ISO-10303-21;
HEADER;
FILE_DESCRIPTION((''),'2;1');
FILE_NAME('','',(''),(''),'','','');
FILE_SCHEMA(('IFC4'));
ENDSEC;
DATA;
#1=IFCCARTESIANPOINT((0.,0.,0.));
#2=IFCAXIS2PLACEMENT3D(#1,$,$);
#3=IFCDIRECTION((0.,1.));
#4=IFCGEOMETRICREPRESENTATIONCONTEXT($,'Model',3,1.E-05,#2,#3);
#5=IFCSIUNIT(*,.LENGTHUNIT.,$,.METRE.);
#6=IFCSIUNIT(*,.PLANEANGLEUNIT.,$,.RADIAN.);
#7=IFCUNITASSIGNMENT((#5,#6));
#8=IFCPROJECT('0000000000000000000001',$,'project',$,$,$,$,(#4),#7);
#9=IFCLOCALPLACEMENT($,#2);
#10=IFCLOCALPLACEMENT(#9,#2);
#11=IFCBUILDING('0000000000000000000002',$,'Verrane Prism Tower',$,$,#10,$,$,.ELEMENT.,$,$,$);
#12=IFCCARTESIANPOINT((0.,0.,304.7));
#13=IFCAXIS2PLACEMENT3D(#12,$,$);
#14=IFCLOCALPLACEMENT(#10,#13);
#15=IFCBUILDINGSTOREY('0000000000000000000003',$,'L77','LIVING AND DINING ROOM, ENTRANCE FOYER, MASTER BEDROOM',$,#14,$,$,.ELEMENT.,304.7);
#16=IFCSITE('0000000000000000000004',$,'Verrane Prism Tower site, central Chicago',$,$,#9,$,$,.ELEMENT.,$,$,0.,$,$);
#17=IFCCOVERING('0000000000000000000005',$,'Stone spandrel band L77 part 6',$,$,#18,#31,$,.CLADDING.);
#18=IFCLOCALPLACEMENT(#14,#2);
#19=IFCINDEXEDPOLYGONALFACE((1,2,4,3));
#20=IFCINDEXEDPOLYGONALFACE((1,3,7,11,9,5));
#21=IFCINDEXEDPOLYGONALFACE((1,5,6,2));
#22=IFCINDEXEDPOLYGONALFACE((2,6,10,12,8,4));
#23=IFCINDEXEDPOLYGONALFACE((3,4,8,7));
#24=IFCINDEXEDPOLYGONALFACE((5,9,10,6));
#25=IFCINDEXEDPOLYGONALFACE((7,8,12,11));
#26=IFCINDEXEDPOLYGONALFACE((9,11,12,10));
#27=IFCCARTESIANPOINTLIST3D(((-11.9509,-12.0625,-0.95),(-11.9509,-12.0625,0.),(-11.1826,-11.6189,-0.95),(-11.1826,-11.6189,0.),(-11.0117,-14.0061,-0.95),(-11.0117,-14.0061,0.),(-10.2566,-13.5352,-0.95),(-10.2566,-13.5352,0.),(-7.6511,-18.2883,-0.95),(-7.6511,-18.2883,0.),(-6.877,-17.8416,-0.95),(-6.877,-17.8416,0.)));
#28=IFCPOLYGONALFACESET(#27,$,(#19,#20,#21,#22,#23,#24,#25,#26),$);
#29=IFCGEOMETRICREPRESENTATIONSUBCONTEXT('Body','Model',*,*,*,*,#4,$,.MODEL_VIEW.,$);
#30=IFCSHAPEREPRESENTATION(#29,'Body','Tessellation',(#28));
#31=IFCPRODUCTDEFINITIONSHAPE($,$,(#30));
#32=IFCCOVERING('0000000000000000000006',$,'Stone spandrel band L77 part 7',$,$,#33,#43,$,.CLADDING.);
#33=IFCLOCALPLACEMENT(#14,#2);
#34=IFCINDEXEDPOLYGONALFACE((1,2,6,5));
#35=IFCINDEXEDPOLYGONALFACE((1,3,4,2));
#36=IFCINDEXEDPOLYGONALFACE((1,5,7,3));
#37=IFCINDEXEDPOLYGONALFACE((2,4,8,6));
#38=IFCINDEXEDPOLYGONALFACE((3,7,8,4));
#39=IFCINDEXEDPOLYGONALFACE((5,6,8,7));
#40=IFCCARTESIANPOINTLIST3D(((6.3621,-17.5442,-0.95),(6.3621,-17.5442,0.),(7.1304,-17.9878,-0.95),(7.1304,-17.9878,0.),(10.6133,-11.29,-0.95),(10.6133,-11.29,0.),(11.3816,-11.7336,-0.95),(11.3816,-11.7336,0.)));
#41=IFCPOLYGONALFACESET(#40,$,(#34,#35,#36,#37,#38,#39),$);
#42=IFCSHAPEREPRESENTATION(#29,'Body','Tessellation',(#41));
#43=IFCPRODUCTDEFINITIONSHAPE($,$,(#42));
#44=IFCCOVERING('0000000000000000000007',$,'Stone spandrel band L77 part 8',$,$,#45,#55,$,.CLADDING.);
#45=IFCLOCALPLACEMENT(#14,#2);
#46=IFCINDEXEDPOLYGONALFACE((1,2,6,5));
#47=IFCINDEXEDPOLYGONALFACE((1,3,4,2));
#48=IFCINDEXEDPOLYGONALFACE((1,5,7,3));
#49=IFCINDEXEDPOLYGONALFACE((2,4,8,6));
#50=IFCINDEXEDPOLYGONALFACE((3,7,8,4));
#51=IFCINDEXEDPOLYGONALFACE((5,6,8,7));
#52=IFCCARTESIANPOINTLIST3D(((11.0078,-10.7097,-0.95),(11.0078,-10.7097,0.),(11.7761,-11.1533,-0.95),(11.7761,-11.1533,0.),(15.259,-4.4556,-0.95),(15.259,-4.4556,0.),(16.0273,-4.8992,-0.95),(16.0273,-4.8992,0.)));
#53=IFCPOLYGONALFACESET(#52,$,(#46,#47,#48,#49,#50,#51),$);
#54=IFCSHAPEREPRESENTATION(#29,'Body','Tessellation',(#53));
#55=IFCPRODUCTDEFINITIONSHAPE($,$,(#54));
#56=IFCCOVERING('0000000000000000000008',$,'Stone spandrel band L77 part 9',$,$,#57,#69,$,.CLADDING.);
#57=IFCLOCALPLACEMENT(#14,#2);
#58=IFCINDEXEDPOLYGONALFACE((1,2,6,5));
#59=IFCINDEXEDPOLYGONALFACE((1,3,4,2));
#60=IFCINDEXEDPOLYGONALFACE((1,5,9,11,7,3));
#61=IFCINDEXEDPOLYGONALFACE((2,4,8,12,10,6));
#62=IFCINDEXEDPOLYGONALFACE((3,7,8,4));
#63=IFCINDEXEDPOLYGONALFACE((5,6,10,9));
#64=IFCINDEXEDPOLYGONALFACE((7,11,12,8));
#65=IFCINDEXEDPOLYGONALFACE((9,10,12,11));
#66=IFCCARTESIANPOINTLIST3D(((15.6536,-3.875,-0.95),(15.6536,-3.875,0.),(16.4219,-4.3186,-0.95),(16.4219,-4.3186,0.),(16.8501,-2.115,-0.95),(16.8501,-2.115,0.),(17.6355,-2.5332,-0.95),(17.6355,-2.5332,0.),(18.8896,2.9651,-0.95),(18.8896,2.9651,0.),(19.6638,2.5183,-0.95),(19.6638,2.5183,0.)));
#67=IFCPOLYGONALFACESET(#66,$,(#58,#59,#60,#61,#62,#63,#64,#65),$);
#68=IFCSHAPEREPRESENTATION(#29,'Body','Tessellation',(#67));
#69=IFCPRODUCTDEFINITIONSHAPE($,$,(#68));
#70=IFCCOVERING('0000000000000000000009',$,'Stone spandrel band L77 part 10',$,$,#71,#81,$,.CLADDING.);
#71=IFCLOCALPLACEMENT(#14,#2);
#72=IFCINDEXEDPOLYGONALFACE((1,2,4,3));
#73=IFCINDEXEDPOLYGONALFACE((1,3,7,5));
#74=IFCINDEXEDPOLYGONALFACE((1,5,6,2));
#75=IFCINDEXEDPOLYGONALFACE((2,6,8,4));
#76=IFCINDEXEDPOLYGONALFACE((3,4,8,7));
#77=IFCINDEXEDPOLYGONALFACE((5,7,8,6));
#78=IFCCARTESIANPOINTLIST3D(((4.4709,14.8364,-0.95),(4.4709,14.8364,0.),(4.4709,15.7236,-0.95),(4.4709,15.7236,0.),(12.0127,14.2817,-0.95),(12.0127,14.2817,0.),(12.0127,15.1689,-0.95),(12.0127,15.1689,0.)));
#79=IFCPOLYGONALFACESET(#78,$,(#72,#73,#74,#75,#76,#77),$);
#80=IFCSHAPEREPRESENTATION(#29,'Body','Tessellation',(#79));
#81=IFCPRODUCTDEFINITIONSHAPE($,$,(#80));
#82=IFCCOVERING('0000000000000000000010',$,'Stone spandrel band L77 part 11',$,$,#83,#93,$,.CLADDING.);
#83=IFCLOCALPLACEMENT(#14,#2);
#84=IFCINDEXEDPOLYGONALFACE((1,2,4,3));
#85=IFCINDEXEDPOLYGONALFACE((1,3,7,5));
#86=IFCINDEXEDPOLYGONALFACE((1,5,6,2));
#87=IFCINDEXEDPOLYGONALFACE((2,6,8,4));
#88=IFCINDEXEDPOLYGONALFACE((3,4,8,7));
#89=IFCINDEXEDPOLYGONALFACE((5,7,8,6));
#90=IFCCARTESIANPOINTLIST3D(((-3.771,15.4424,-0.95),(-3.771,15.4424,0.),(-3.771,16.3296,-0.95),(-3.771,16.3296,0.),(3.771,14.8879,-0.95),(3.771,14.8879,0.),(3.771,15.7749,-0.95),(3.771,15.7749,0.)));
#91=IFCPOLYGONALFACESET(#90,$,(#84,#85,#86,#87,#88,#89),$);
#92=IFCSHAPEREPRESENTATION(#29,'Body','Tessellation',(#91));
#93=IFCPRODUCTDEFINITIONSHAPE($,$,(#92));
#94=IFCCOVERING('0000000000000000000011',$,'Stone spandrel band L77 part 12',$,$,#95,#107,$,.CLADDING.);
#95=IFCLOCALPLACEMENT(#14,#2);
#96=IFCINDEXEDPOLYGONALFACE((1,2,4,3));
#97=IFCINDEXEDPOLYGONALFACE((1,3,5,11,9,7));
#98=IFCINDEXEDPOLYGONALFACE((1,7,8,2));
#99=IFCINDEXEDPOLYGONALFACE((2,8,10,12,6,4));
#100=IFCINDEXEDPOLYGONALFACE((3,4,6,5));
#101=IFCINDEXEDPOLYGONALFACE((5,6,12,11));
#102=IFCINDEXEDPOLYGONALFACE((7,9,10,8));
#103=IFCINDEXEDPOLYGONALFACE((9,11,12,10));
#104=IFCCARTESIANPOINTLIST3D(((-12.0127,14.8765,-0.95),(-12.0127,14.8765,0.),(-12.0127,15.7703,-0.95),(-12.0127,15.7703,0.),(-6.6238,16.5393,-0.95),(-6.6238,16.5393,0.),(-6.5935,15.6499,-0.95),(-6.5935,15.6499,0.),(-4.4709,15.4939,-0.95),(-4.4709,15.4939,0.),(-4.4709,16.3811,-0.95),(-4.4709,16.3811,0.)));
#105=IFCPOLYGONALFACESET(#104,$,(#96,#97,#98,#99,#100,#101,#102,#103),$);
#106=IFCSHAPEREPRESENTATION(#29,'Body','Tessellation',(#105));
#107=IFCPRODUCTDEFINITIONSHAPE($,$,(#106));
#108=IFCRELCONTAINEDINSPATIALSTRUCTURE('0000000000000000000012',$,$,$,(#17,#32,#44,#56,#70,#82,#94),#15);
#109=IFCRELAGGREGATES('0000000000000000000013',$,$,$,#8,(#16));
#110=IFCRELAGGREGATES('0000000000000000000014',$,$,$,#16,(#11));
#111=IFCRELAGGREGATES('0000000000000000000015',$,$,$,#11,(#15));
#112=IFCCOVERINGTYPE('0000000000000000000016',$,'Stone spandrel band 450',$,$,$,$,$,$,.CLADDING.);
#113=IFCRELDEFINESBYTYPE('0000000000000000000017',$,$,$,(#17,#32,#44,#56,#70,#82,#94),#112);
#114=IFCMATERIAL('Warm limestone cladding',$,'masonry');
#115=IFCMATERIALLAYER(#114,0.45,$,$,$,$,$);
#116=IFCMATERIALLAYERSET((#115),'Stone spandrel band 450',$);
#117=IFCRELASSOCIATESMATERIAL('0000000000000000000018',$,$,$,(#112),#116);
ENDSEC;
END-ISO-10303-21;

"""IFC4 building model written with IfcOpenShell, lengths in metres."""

from ifc_helpers import new_model, si_unit, direction, frame, origin, place, context, subcontext, project, spatial, polyline, outline, extrude, material, layer, layer_set, type_object, element, save


model = new_model("IFC4")

# Units and contexts
model_context = context("Model", 3, precision=1e-05, world=origin(), true_north=direction((0.0, 1.0)))
body_context = subcontext(model_context, "Body", "Model", "MODEL_VIEW")
ifc_project = project(units=[si_unit("LENGTHUNIT", "METRE"), si_unit("PLANEANGLEUNIT", "RADIAN")], contexts=[model_context])

# Site, building, storey
site_placement = place(None, origin())
site = spatial("IfcSite", under=ifc_project, at=site_placement, Name="Verrane Prism Tower site, central Chicago", CompositionType="ELEMENT", RefElevation=0.0)
building_placement = place(site_placement, origin())
building = spatial("IfcBuilding", under=site, at=building_placement, Name="Verrane Prism Tower", CompositionType="ELEMENT")
storey_placement = place(building_placement, frame((0.0, 0.0, 304.7)))
storey = spatial("IfcBuildingStorey", under=building, at=storey_placement, Name="L77", Description="LIVING AND DINING ROOM, ENTRANCE FOYER, MASTER BEDROOM", CompositionType="ELEMENT", Elevation=304.7)

# Coverings
ifc_material_1 = material(Name="Warm limestone cladding", Category="masonry")
ifc_layer_1 = layer(ifc_material_1, 0.45)
ifc_layer_set_1 = layer_set([ifc_layer_1], Name="Stone spandrel band 450")
covering_type = type_object("IfcCoveringType", Name="Stone spandrel band 450", PredefinedType="CLADDING", material=ifc_layer_set_1)
covering_1_placement = place(storey_placement, frame((0.0, 0.0, -0.95)))
element("IfcCovering", 1, at=covering_1_placement, inside=storey, type_object=covering_type, Name="Stone spandrel band L77 part 6", PredefinedType="CLADDING", context=body_context, shape_type="SweptSolid", body=[
    extrude(outline(polyline([(-6.877, -17.8416), (-10.2566, -13.5352), (-11.1826, -11.6189), (-11.9509, -12.0625), (-11.0117, -14.0061), (-7.6511, -18.2883), (-6.877, -17.8416)])), origin(), (0.0, 0.0, 1.0), 0.95),
])
covering_2_placement = place(storey_placement, frame((0.0, 0.0, -0.95)))
element("IfcCovering", 2, at=covering_2_placement, inside=storey, type_object=covering_type, Name="Stone spandrel band L77 part 7", PredefinedType="CLADDING", context=body_context, shape_type="SweptSolid", body=[
    extrude(outline(polyline([(10.6133, -11.29), (6.3621, -17.5442), (7.1304, -17.9878), (11.3816, -11.7336), (10.6133, -11.29)])), origin(), (0.0, 0.0, 1.0), 0.95),
])
covering_3_placement = place(storey_placement, frame((0.0, 0.0, -0.95)))
element("IfcCovering", 3, at=covering_3_placement, inside=storey, type_object=covering_type, Name="Stone spandrel band L77 part 8", PredefinedType="CLADDING", context=body_context, shape_type="SweptSolid", body=[
    extrude(outline(polyline([(16.0273, -4.8992), (15.259, -4.4556), (11.0078, -10.7097), (11.7761, -11.1533), (16.0273, -4.8992)])), origin(), (0.0, 0.0, 1.0), 0.95),
])
covering_4_placement = place(storey_placement, frame((0.0, 0.0, -0.95)))
element("IfcCovering", 4, at=covering_4_placement, inside=storey, type_object=covering_type, Name="Stone spandrel band L77 part 9", PredefinedType="CLADDING", context=body_context, shape_type="SweptSolid", body=[
    extrude(outline(polyline([(19.6638, 2.5183), (18.8896, 2.9651), (16.8501, -2.115), (15.6536, -3.875), (16.4219, -4.3186), (17.6355, -2.5332), (19.6638, 2.5183)])), origin(), (0.0, 0.0, 1.0), 0.95),
])
covering_5_placement = place(storey_placement, frame((0.0, 0.0, -0.95)))
element("IfcCovering", 5, at=covering_5_placement, inside=storey, type_object=covering_type, Name="Stone spandrel band L77 part 10", PredefinedType="CLADDING", context=body_context, shape_type="SweptSolid", body=[
    extrude(outline(polyline([(4.4709, 14.8364), (12.0127, 14.2817), (12.0127, 15.1689), (4.4709, 15.7236), (4.4709, 14.8364)])), origin(), (0.0, 0.0, 1.0), 0.95),
])
covering_6_placement = place(storey_placement, frame((0.0, 0.0, -0.95)))
element("IfcCovering", 6, at=covering_6_placement, inside=storey, type_object=covering_type, Name="Stone spandrel band L77 part 11", PredefinedType="CLADDING", context=body_context, shape_type="SweptSolid", body=[
    extrude(outline(polyline([(-3.771, 15.4424), (3.771, 14.8879), (3.771, 15.7749), (-3.771, 16.3296), (-3.771, 15.4424)])), origin(), (0.0, 0.0, 1.0), 0.95),
])
covering_7_placement = place(storey_placement, frame((0.0, 0.0, -0.95)))
element("IfcCovering", 7, at=covering_7_placement, inside=storey, type_object=covering_type, Name="Stone spandrel band L77 part 12", PredefinedType="CLADDING", context=body_context, shape_type="SweptSolid", body=[
    extrude(outline(polyline([(-12.0127, 14.8765), (-6.5935, 15.6499), (-4.4709, 15.4939), (-4.4709, 16.3811), (-6.6238, 16.5393), (-12.0127, 15.7703), (-12.0127, 14.8765)])), origin(), (0.0, 0.0, 1.0), 0.95),
])

save(model, "model.ifc")
